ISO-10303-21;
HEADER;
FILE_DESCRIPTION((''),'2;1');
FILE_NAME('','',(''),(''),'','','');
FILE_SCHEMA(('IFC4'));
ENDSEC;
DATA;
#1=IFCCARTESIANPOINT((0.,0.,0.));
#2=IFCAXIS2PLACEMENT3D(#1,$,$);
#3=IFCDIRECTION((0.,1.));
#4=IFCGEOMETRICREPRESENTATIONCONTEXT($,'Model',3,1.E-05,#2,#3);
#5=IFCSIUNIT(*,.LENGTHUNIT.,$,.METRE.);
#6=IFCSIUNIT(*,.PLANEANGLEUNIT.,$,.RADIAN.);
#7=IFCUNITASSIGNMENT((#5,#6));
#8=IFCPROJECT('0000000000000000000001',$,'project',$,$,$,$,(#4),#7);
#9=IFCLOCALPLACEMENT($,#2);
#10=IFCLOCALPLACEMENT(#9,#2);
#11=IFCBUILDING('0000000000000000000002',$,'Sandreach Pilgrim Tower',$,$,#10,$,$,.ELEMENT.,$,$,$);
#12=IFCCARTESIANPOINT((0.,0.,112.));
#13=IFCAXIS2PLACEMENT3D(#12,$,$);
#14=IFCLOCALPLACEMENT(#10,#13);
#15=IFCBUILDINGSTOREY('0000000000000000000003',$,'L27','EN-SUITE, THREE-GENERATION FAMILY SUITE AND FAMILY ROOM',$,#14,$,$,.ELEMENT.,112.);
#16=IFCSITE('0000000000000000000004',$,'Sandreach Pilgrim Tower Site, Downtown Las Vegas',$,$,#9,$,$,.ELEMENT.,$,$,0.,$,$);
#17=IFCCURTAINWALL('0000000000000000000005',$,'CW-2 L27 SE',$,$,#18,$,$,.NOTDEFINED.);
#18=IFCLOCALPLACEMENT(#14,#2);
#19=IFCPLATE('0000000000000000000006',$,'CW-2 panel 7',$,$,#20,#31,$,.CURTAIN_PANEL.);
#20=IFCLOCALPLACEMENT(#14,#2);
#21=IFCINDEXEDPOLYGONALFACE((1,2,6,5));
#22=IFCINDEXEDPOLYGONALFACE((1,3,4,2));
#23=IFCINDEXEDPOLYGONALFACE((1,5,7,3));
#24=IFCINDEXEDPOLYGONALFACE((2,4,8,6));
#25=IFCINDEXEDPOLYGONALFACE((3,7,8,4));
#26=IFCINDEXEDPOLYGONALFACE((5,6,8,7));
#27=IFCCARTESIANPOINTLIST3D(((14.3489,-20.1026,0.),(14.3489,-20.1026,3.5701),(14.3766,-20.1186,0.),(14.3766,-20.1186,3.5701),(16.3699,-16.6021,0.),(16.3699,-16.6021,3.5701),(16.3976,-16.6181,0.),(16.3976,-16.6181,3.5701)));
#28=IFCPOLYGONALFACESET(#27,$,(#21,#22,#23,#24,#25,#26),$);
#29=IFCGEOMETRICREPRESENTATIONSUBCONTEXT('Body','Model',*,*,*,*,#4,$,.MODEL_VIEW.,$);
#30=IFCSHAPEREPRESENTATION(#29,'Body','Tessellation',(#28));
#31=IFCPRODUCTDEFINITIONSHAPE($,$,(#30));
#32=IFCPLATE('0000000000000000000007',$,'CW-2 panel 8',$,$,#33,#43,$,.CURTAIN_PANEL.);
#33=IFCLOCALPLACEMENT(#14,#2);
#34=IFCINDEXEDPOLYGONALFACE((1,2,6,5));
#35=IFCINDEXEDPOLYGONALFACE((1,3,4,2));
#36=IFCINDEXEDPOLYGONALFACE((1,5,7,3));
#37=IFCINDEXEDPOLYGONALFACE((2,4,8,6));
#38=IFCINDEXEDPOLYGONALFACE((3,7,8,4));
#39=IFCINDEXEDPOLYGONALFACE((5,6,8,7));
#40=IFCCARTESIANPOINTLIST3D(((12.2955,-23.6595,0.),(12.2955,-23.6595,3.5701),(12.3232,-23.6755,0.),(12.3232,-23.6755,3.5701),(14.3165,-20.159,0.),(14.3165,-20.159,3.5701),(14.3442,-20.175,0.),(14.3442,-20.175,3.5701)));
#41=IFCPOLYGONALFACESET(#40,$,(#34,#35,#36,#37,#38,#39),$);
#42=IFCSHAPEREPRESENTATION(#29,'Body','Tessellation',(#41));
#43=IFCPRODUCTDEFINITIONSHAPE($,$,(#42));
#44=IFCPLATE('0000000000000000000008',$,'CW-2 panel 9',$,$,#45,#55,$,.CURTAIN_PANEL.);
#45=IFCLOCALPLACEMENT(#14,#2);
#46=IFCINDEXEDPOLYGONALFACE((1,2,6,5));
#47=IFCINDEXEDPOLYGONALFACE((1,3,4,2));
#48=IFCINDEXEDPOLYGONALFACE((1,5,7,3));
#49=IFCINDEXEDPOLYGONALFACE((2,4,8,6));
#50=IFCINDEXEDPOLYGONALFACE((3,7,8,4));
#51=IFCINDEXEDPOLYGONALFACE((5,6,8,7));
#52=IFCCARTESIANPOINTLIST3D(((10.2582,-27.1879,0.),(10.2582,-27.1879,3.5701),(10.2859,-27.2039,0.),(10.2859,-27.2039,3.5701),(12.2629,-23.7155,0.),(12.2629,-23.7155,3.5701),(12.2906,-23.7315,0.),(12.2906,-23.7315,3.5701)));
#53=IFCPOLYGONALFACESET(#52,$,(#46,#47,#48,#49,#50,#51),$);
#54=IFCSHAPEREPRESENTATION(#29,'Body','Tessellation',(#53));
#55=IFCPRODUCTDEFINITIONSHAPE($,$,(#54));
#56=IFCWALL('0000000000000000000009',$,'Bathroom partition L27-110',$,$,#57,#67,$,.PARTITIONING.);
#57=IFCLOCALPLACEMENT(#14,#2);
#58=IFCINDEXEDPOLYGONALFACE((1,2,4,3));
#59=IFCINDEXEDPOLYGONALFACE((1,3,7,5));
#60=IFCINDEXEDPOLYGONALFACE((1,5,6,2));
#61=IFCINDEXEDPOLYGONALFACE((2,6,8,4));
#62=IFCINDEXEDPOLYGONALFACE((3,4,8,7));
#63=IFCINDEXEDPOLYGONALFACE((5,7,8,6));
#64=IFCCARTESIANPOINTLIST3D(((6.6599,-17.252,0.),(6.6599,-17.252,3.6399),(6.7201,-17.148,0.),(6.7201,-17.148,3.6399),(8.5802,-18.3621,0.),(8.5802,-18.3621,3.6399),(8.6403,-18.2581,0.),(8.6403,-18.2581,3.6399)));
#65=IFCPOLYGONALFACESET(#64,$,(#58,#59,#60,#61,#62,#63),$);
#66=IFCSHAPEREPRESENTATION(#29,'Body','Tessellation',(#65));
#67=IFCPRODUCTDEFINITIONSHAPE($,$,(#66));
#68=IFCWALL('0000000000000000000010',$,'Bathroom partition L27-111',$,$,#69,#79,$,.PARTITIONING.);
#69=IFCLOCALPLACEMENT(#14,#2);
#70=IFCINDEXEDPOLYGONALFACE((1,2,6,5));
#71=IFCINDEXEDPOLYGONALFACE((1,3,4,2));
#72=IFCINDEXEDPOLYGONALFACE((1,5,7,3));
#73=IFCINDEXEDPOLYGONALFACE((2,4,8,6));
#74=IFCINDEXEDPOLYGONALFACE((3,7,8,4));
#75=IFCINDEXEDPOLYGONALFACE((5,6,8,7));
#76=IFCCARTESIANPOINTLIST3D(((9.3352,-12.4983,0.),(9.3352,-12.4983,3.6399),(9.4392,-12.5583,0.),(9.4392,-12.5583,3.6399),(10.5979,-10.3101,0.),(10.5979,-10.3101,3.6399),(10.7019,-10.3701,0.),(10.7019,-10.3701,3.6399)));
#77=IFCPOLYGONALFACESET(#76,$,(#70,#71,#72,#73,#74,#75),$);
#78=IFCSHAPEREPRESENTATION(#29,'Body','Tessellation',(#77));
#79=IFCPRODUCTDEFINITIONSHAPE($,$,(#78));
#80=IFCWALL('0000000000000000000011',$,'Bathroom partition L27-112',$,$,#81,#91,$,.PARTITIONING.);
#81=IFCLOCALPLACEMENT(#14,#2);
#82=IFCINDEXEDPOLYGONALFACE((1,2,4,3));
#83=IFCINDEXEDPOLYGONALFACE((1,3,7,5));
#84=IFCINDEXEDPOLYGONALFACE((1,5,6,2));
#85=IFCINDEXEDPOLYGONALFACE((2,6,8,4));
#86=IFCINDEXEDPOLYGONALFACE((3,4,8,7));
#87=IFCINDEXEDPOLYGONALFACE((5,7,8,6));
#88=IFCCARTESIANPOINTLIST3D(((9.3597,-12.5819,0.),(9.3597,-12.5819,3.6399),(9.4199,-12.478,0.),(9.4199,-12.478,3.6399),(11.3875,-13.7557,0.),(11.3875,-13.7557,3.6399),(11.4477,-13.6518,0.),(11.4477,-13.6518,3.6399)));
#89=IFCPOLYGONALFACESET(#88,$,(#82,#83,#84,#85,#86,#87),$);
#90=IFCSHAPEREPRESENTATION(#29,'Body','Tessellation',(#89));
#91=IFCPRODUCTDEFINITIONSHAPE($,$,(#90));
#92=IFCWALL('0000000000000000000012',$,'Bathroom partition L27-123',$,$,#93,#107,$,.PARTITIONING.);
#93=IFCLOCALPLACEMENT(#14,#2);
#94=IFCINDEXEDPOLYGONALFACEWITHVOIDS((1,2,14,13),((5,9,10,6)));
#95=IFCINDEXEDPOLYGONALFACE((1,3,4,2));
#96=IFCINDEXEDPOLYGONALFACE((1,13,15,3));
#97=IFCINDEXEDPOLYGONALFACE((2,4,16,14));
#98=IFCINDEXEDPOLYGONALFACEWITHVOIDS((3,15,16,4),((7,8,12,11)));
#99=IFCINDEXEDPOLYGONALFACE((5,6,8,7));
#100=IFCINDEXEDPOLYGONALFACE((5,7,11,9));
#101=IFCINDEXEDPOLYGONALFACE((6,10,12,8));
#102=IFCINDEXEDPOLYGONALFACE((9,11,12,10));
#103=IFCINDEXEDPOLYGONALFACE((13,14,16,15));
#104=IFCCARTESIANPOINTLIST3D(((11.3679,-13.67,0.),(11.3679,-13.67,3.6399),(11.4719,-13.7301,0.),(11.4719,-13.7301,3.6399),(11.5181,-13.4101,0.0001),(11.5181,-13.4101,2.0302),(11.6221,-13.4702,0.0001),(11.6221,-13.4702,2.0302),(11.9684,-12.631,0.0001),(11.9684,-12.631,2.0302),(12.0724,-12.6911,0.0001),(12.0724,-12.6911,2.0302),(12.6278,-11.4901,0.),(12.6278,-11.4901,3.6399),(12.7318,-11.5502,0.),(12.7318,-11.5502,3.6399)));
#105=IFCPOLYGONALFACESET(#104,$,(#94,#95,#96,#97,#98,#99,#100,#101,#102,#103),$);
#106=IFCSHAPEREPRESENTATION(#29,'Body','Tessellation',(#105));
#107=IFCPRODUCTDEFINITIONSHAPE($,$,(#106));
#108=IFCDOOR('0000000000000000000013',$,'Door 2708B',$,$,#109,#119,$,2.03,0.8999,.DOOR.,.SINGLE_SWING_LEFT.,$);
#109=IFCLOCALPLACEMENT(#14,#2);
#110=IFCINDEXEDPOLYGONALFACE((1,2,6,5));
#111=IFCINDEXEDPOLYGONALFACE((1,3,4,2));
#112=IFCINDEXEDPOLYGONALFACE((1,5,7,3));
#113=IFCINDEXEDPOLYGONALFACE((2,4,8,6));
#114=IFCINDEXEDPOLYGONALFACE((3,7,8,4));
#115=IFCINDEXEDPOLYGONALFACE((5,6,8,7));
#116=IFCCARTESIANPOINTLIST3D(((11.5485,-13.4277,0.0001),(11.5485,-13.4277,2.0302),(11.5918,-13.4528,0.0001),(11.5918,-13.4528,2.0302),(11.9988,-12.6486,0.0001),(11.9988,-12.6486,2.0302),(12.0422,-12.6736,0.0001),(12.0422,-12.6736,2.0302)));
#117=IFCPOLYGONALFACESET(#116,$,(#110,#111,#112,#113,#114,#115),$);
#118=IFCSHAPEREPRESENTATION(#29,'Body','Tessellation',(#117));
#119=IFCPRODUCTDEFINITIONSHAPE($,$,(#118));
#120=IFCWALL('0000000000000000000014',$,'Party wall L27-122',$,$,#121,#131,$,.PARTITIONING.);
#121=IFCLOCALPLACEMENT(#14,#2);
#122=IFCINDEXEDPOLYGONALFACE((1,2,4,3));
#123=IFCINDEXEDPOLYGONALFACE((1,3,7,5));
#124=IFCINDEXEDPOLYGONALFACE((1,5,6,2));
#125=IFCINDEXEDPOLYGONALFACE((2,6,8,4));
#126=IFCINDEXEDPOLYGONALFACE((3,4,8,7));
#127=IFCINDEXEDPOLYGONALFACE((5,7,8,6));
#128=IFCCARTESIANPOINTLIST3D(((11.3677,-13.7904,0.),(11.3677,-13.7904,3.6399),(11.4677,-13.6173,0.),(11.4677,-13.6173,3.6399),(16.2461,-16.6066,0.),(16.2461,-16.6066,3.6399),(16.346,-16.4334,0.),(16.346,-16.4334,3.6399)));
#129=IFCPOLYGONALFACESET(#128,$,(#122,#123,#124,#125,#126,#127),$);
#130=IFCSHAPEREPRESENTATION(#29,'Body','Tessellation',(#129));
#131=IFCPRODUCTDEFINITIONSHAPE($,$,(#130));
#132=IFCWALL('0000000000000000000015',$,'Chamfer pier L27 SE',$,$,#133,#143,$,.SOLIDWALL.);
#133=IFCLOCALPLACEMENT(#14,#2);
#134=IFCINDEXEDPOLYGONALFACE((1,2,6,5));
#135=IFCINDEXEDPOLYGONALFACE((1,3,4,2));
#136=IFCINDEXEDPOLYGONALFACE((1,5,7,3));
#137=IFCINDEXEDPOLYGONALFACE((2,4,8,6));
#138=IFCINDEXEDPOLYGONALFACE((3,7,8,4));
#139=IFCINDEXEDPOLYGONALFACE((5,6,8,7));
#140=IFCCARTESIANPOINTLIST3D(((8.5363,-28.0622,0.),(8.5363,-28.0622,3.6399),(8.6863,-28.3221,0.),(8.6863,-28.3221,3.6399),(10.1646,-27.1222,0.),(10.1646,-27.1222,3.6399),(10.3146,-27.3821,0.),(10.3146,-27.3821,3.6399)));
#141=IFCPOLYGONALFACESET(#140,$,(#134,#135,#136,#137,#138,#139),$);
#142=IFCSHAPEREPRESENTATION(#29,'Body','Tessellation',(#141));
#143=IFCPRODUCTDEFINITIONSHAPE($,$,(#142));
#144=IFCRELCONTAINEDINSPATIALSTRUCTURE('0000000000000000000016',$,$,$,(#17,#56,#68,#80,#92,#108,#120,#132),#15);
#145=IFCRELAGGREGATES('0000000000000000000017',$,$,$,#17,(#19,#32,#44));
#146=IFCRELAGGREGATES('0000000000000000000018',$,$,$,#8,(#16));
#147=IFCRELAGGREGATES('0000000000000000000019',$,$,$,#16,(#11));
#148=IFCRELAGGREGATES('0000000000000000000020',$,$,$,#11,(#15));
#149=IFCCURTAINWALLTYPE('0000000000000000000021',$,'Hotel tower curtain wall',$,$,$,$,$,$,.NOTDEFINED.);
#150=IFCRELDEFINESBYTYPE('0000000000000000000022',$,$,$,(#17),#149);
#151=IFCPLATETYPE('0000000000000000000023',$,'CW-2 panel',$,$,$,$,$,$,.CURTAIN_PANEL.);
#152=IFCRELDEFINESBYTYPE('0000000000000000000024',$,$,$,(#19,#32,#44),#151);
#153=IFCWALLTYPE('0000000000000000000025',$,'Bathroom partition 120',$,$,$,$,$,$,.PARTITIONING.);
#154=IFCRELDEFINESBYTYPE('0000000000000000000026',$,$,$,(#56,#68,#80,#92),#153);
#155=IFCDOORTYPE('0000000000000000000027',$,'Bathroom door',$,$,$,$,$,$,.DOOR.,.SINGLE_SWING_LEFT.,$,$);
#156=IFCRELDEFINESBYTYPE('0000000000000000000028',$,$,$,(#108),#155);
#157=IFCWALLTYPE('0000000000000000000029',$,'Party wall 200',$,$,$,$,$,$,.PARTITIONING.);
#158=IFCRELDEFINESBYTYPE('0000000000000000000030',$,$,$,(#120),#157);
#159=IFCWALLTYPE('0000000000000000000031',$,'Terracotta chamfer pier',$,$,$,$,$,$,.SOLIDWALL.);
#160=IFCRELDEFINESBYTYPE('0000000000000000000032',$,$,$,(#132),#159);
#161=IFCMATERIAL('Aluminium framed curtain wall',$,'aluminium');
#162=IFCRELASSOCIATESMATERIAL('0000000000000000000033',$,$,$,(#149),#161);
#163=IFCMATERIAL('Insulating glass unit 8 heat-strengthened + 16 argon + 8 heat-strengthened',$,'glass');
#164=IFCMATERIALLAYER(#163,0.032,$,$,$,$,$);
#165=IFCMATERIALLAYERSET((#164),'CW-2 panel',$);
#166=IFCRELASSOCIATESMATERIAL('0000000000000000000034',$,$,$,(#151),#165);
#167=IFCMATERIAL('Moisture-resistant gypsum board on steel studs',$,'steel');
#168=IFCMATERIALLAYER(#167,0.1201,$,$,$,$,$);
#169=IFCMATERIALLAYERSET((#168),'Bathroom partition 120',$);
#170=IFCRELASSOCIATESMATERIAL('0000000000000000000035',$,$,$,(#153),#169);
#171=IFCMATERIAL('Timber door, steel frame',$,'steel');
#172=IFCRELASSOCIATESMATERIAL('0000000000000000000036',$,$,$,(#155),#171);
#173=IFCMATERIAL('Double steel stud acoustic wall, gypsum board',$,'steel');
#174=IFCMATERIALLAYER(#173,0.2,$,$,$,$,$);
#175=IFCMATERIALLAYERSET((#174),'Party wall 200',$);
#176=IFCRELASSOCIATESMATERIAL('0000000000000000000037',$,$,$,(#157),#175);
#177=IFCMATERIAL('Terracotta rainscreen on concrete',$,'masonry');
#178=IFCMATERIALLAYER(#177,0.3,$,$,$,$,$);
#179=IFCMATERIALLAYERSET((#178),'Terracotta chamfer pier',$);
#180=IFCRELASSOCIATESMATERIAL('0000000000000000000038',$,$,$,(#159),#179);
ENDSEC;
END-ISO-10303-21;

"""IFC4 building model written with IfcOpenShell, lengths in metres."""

from ifc_helpers import new_model, si_unit, direction, frame, frame_2d, origin, origin_2d, place, context, subcontext, project, spatial, rectangle, extrude, material, layer, layer_set, type_object, element, fill, aggregate, save


model = new_model("IFC4")

# Units and contexts
model_context = context("Model", 3, precision=1e-05, world=origin(), true_north=direction((0.0, 1.0)))
body_context = subcontext(model_context, "Body", "Model", "MODEL_VIEW")
ifc_project = project(units=[si_unit("LENGTHUNIT", "METRE"), si_unit("PLANEANGLEUNIT", "RADIAN")], contexts=[model_context])

# Site, building, storey
site_placement = place(None, origin())
site = spatial("IfcSite", under=ifc_project, at=site_placement, Name="Sandreach Pilgrim Tower Site, Downtown Las Vegas", CompositionType="ELEMENT", RefElevation=0.0)
building_placement = place(site_placement, origin())
building = spatial("IfcBuilding", under=site, at=building_placement, Name="Sandreach Pilgrim Tower", CompositionType="ELEMENT")
storey_placement = place(building_placement, frame((0.0, 0.0, 112.0)))
storey = spatial("IfcBuildingStorey", under=building, at=storey_placement, Name="L27", Description="EN-SUITE, THREE-GENERATION FAMILY SUITE AND FAMILY ROOM", CompositionType="ELEMENT", Elevation=112.0)

# Curtain wall
ifc_material_1 = material(Name="Aluminium framed curtain wall", Category="aluminium")
curtain_wall_type = type_object("IfcCurtainWallType", Name="Hotel tower curtain wall", PredefinedType="NOTDEFINED", material=ifc_material_1)
curtain_wall_placement = place(storey_placement, origin())
curtain_wall = element("IfcCurtainWall", 1, at=curtain_wall_placement, inside=storey, type_object=curtain_wall_type, Name="CW-2 L27 SE", PredefinedType="NOTDEFINED")

# Plates
ifc_material_2 = material(Name="Insulating glass unit 8 heat-strengthened + 16 argon + 8 heat-strengthened", Category="glass")
ifc_layer_1 = layer(ifc_material_2, 0.032)
ifc_layer_set_1 = layer_set([ifc_layer_1], Name="CW-2 panel")
plate_type = type_object("IfcPlateType", Name="CW-2 panel", PredefinedType="CURTAIN_PANEL", material=ifc_layer_set_1)
plate_1_placement = place(storey_placement, frame((15.3733, -18.3604, 0.0), z_axis=(0.0, 0.0, 1.0), x_axis=(-0.5, -0.866025, 0.0)))
plate_1 = element("IfcPlate", 2, at=plate_1_placement, type_object=plate_type, Name="CW-2 panel 7", PredefinedType="CURTAIN_PANEL", context=body_context, shape_type="SweptSolid", body=[
    extrude(rectangle(XDim=4.042, YDim=0.032, at=origin_2d()), origin(), (0.0, 0.0, 1.0), 3.5701),
])
plate_2_placement = place(storey_placement, frame((13.3198, -21.9172, 0.0), z_axis=(0.0, 0.0, 1.0), x_axis=(-0.5, -0.866025, 0.0)))
plate_2 = element("IfcPlate", 3, at=plate_2_placement, type_object=plate_type, Name="CW-2 panel 8", PredefinedType="CURTAIN_PANEL", context=body_context, shape_type="SweptSolid", body=[
    extrude(rectangle(XDim=4.042, YDim=0.032, at=origin_2d()), origin(), (0.0, 0.0, 1.0), 3.5701),
])
plate_3_placement = place(storey_placement, frame((11.2744, -25.4597, 0.0), z_axis=(0.0, 0.0, 1.0), x_axis=(-0.5, -0.866025, 0.0)))
plate_3 = element("IfcPlate", 4, at=plate_3_placement, type_object=plate_type, Name="CW-2 panel 9", PredefinedType="CURTAIN_PANEL", context=body_context, shape_type="SweptSolid", body=[
    extrude(rectangle(XDim=4.0095, YDim=0.032, at=origin_2d()), origin(), (0.0, 0.0, 1.0), 3.5701),
])
aggregate(curtain_wall, [plate_1, plate_2, plate_3])

# Walls
ifc_material_3 = material(Name="Moisture-resistant gypsum board on steel studs", Category="steel")
ifc_layer_2 = layer(ifc_material_3, 0.1201)
ifc_layer_set_2 = layer_set([ifc_layer_2], Name="Bathroom partition 120")
wall_type_1 = type_object("IfcWallType", Name="Bathroom partition 120", PredefinedType="PARTITIONING", material=ifc_layer_set_2)
wall_1_placement = place(storey_placement, frame((8.6101, -18.3101, 0.0), z_axis=(0.0, 0.0, 1.0), x_axis=(-0.865733, 0.500507, 0.0)))
element("IfcWall", 5, at=wall_1_placement, inside=storey, type_object=wall_type_1, Name="Bathroom partition L27-110", PredefinedType="PARTITIONING", context=body_context, shape_type="SweptSolid", body=[
    extrude(rectangle(XDim=2.218, YDim=0.1201, at=frame_2d((1.1089, 0.0))), origin(), (0.0, 0.0, 1.0), 3.6399),
])
wall_2_placement = place(storey_placement, frame((9.3872, -12.5283, 0.0), z_axis=(0.0, 0.0, 1.0), x_axis=(0.499798, 0.866142, 0.0)))
element("IfcWall", 6, at=wall_2_placement, inside=storey, type_object=wall_type_1, Name="Bathroom partition L27-111", PredefinedType="PARTITIONING", context=body_context, shape_type="SweptSolid", body=[
    extrude(rectangle(XDim=2.5264, YDim=0.1201, at=frame_2d((1.2632, 0.0))), origin(), (0.0, 0.0, 1.0), 3.6399),
])
wall_3_placement = place(storey_placement, frame((9.3899, -12.53, 0.0), z_axis=(0.0, 0.0, 1.0), x_axis=(0.86546, -0.500979, 0.0)))
element("IfcWall", 7, at=wall_3_placement, inside=storey, type_object=wall_type_1, Name="Bathroom partition L27-112", PredefinedType="PARTITIONING", context=body_context, shape_type="SweptSolid", body=[
    extrude(rectangle(XDim=2.343, YDim=0.1201, at=frame_2d((1.1714, 0.0))), origin(), (0.0, 0.0, 1.0), 3.6399),
])

# Wall, opening, door
wall_4_placement = place(storey_placement, frame((11.4199, -13.7, 0.0), z_axis=(0.0, 0.0, 1.0), x_axis=(0.500425, 0.86578, 0.0)))
wall_4 = element("IfcWall", 8, at=wall_4_placement, inside=storey, type_object=wall_type_1, Name="Bathroom partition L27-123", PredefinedType="PARTITIONING", context=body_context, shape_type="SweptSolid", body=[
    extrude(rectangle(XDim=2.5178, YDim=0.1201, at=frame_2d((1.2588, 0.0))), origin(), (0.0, 0.0, 1.0), 3.6399),
])
opening_placement = place(wall_4_placement, frame((0.3, 0.0, 0.0)))
opening = element("IfcOpeningElement", 9, at=opening_placement, cuts=wall_4, PredefinedType="OPENING", context=body_context, shape_type="SweptSolid", body=[
    extrude(rectangle(XDim=0.8999, YDim=2.03, at=frame_2d((0.45, 1.0151))), frame((0.0, 0.0601, 0.0), z_axis=(0.0, -1.0, 0.0), x_axis=(1.0, 0.0, 0.0)), (0.0, 0.0, 1.0), 0.1201),
])
ifc_material_4 = material(Name="Timber door, steel frame", Category="steel")
door_type = type_object("IfcDoorType", Name="Bathroom door", OperationType="SINGLE_SWING_LEFT", PredefinedType="DOOR", material=ifc_material_4)
door_placement = place(opening_placement, origin())
door = element("IfcDoor", 10, at=door_placement, inside=storey, type_object=door_type, Name="Door 2708B", OperationType="SINGLE_SWING_LEFT", OverallHeight=2.03, OverallWidth=0.8999, PredefinedType="DOOR", context=body_context, shape_type="SweptSolid", body=[
    extrude(rectangle(XDim=0.8999, YDim=2.03, at=frame_2d((0.45, 1.0151))), frame((0.0, 0.0249, 0.0), z_axis=(0.0, -1.0, 0.0), x_axis=(1.0, 0.0, 0.0)), (0.0, 0.0, 1.0), 0.05),
])
fill(opening, door)

# Walls
ifc_material_5 = material(Name="Double steel stud acoustic wall, gypsum board", Category="steel")
ifc_layer_3 = layer(ifc_material_5, 0.2)
ifc_layer_set_3 = layer_set([ifc_layer_3], Name="Party wall 200")
wall_type_2 = type_object("IfcWallType", Name="Party wall 200", PredefinedType="PARTITIONING", material=ifc_layer_set_3)
wall_5_placement = place(storey_placement, frame((11.4177, -13.7039, 0.0), z_axis=(0.0, 0.0, 1.0), x_axis=(0.866056, -0.499948, 0.0)))
element("IfcWall", 11, at=wall_5_placement, inside=storey, type_object=wall_type_2, Name="Party wall L27-122", PredefinedType="PARTITIONING", context=body_context, shape_type="SweptSolid", body=[
    extrude(rectangle(XDim=5.6328, YDim=0.2, at=frame_2d((2.8164, 0.0))), origin(), (0.0, 0.0, 1.0), 3.6399),
])
ifc_material_6 = material(Name="Terracotta rainscreen on concrete", Category="masonry")
ifc_layer_4 = layer(ifc_material_6, 0.3)
ifc_layer_set_4 = layer_set([ifc_layer_4], Name="Terracotta chamfer pier")
wall_type_3 = type_object("IfcWallType", Name="Terracotta chamfer pier", PredefinedType="SOLIDWALL", material=ifc_layer_set_4)
wall_6_placement = place(storey_placement, frame((10.2395, -27.2522, 0.0), z_axis=(0.0, 0.0, 1.0), x_axis=(-0.866045, -0.499966, 0.0)))
element("IfcWall", 12, at=wall_6_placement, inside=storey, type_object=wall_type_3, Name="Chamfer pier L27 SE", PredefinedType="SOLIDWALL", context=body_context, shape_type="SweptSolid", body=[
    extrude(rectangle(XDim=1.8801, YDim=0.3, at=frame_2d((0.9399, 0.0))), origin(), (0.0, 0.0, 1.0), 3.6399),
])

save(model, "model.ifc")
